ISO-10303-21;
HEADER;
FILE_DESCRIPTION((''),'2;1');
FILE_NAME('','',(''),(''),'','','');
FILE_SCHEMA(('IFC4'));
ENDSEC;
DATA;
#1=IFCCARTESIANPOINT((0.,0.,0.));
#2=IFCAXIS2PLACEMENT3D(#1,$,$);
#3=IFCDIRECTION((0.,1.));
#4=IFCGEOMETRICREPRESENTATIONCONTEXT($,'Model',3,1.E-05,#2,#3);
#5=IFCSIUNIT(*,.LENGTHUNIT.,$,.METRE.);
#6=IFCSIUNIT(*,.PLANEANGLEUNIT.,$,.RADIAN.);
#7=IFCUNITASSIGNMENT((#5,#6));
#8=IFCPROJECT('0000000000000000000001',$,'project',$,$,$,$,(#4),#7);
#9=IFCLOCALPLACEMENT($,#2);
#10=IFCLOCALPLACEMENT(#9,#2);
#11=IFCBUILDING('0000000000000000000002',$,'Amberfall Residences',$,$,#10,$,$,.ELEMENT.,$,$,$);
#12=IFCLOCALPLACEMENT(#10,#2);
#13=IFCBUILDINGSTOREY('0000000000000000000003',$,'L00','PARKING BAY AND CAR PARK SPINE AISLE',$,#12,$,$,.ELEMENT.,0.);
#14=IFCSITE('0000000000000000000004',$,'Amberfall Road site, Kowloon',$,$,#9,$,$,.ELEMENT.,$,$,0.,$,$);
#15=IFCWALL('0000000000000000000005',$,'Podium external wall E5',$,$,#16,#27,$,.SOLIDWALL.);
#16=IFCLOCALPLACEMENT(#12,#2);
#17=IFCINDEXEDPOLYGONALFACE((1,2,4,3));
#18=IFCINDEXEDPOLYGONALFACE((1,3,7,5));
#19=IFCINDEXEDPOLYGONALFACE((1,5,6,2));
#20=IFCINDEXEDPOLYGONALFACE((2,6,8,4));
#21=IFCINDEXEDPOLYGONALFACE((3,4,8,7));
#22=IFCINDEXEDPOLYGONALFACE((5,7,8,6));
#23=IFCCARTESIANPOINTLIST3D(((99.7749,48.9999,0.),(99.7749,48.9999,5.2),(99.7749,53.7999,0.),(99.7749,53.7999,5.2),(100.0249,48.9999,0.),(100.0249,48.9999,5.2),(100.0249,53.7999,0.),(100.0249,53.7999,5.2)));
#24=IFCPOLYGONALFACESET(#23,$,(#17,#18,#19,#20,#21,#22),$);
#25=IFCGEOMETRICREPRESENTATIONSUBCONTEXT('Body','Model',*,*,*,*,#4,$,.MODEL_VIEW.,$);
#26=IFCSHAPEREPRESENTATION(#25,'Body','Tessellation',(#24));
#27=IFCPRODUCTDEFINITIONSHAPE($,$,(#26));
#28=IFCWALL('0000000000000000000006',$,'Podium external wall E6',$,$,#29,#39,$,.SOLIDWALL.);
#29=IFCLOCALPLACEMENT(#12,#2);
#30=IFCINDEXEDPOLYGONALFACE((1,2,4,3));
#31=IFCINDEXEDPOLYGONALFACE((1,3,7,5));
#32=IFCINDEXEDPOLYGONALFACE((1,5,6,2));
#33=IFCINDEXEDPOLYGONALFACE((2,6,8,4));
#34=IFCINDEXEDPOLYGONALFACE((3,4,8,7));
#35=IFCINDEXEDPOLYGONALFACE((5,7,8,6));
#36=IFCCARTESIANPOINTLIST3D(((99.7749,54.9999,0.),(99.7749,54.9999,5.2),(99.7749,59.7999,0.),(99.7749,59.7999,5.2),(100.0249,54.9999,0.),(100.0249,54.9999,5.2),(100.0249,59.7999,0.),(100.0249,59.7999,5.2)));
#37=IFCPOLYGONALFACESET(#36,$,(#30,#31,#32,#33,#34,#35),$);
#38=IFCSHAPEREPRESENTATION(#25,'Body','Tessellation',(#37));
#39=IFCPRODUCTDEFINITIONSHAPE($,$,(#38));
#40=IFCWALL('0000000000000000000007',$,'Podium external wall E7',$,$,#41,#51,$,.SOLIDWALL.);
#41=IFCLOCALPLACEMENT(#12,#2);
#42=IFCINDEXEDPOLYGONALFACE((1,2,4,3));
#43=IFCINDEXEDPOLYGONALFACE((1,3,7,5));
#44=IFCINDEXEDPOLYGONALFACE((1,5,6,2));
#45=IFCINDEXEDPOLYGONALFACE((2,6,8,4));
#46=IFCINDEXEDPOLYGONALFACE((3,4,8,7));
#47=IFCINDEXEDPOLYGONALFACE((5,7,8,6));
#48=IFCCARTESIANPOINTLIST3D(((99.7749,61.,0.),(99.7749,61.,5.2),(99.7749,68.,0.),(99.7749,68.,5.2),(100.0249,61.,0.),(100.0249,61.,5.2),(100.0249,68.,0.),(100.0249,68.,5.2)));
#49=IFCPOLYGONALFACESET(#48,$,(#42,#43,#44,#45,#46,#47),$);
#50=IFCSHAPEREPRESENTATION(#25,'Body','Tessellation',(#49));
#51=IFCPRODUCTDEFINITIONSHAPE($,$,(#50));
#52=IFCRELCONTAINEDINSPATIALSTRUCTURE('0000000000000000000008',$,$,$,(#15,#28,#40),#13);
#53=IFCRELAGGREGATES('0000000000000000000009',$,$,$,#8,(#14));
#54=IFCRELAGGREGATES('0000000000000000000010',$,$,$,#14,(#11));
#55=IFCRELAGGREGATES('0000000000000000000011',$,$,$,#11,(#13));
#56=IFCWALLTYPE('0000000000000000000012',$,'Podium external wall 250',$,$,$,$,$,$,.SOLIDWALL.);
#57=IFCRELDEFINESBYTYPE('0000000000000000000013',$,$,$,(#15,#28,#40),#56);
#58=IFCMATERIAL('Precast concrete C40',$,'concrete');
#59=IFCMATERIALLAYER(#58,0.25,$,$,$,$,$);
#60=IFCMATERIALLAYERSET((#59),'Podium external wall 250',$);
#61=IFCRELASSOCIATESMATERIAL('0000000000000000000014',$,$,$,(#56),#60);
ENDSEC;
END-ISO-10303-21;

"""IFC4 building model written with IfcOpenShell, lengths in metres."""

from ifc_helpers import new_model, si_unit, direction, frame, frame_2d, origin, place, context, subcontext, project, spatial, rectangle, extrude, material, layer, layer_set, type_object, element, save


model = new_model("IFC4")

# Units and contexts
model_context = context("Model", 3, precision=1e-05, world=origin(), true_north=direction((0.0, 1.0)))
body_context = subcontext(model_context, "Body", "Model", "MODEL_VIEW")
ifc_project = project(units=[si_unit("LENGTHUNIT", "METRE"), si_unit("PLANEANGLEUNIT", "RADIAN")], contexts=[model_context])

# Site, building, storey
site_placement = place(None, origin())
site = spatial("IfcSite", under=ifc_project, at=site_placement, Name="Amberfall Road site, Kowloon", CompositionType="ELEMENT", RefElevation=0.0)
building_placement = place(site_placement, origin())
building = spatial("IfcBuilding", under=site, at=building_placement, Name="Amberfall Residences", CompositionType="ELEMENT")
storey_placement = place(building_placement, origin())
storey = spatial("IfcBuildingStorey", under=building, at=storey_placement, Name="L00", Description="PARKING BAY AND CAR PARK SPINE AISLE", CompositionType="ELEMENT", Elevation=0.0)

# Walls
ifc_material_1 = material(Name="Precast concrete C40", Category="concrete")
ifc_layer_1 = layer(ifc_material_1, 0.25)
ifc_layer_set_1 = layer_set([ifc_layer_1], Name="Podium external wall 250")
wall_type_1 = type_object("IfcWallType", Name="Podium external wall 250", PredefinedType="SOLIDWALL", material=ifc_layer_set_1)
for number, where, z_axis, x_axis, name in (
    (1, (99.8999, 49.0, 0.0), (0.0, 0.0, 1.0), (0.0, 1.0, 0.0), "Podium external wall E5"),
    (2, (99.8999, 55.0, 0.0), (0.0, 0.0, 1.0), (0.0, 1.0, 0.0), "Podium external wall E6"),
):
    element("IfcWall", number, at=place(storey_placement, frame(where, z_axis=z_axis, x_axis=x_axis)), inside=storey, type_object=wall_type_1, Name=name, PredefinedType="SOLIDWALL", context=body_context, shape_type="SweptSolid", body=[
        extrude(rectangle(XDim=4.8, YDim=0.25, at=frame_2d((2.3999, 0.0))), origin(), (0.0, 0.0, 1.0), 5.2),
    ])
wall_1_placement = place(storey_placement, frame((99.8999, 61.0, 0.0), z_axis=(0.0, 0.0, 1.0), x_axis=(0.0, 1.0, 0.0)))
element("IfcWall", 3, at=wall_1_placement, inside=storey, type_object=wall_type_1, Name="Podium external wall E7", PredefinedType="SOLIDWALL", context=body_context, shape_type="SweptSolid", body=[
    extrude(rectangle(XDim=7.0, YDim=0.25, at=frame_2d((3.5, 0.0))), origin(), (0.0, 0.0, 1.0), 5.2),
])

save(model, "model.ifc")
